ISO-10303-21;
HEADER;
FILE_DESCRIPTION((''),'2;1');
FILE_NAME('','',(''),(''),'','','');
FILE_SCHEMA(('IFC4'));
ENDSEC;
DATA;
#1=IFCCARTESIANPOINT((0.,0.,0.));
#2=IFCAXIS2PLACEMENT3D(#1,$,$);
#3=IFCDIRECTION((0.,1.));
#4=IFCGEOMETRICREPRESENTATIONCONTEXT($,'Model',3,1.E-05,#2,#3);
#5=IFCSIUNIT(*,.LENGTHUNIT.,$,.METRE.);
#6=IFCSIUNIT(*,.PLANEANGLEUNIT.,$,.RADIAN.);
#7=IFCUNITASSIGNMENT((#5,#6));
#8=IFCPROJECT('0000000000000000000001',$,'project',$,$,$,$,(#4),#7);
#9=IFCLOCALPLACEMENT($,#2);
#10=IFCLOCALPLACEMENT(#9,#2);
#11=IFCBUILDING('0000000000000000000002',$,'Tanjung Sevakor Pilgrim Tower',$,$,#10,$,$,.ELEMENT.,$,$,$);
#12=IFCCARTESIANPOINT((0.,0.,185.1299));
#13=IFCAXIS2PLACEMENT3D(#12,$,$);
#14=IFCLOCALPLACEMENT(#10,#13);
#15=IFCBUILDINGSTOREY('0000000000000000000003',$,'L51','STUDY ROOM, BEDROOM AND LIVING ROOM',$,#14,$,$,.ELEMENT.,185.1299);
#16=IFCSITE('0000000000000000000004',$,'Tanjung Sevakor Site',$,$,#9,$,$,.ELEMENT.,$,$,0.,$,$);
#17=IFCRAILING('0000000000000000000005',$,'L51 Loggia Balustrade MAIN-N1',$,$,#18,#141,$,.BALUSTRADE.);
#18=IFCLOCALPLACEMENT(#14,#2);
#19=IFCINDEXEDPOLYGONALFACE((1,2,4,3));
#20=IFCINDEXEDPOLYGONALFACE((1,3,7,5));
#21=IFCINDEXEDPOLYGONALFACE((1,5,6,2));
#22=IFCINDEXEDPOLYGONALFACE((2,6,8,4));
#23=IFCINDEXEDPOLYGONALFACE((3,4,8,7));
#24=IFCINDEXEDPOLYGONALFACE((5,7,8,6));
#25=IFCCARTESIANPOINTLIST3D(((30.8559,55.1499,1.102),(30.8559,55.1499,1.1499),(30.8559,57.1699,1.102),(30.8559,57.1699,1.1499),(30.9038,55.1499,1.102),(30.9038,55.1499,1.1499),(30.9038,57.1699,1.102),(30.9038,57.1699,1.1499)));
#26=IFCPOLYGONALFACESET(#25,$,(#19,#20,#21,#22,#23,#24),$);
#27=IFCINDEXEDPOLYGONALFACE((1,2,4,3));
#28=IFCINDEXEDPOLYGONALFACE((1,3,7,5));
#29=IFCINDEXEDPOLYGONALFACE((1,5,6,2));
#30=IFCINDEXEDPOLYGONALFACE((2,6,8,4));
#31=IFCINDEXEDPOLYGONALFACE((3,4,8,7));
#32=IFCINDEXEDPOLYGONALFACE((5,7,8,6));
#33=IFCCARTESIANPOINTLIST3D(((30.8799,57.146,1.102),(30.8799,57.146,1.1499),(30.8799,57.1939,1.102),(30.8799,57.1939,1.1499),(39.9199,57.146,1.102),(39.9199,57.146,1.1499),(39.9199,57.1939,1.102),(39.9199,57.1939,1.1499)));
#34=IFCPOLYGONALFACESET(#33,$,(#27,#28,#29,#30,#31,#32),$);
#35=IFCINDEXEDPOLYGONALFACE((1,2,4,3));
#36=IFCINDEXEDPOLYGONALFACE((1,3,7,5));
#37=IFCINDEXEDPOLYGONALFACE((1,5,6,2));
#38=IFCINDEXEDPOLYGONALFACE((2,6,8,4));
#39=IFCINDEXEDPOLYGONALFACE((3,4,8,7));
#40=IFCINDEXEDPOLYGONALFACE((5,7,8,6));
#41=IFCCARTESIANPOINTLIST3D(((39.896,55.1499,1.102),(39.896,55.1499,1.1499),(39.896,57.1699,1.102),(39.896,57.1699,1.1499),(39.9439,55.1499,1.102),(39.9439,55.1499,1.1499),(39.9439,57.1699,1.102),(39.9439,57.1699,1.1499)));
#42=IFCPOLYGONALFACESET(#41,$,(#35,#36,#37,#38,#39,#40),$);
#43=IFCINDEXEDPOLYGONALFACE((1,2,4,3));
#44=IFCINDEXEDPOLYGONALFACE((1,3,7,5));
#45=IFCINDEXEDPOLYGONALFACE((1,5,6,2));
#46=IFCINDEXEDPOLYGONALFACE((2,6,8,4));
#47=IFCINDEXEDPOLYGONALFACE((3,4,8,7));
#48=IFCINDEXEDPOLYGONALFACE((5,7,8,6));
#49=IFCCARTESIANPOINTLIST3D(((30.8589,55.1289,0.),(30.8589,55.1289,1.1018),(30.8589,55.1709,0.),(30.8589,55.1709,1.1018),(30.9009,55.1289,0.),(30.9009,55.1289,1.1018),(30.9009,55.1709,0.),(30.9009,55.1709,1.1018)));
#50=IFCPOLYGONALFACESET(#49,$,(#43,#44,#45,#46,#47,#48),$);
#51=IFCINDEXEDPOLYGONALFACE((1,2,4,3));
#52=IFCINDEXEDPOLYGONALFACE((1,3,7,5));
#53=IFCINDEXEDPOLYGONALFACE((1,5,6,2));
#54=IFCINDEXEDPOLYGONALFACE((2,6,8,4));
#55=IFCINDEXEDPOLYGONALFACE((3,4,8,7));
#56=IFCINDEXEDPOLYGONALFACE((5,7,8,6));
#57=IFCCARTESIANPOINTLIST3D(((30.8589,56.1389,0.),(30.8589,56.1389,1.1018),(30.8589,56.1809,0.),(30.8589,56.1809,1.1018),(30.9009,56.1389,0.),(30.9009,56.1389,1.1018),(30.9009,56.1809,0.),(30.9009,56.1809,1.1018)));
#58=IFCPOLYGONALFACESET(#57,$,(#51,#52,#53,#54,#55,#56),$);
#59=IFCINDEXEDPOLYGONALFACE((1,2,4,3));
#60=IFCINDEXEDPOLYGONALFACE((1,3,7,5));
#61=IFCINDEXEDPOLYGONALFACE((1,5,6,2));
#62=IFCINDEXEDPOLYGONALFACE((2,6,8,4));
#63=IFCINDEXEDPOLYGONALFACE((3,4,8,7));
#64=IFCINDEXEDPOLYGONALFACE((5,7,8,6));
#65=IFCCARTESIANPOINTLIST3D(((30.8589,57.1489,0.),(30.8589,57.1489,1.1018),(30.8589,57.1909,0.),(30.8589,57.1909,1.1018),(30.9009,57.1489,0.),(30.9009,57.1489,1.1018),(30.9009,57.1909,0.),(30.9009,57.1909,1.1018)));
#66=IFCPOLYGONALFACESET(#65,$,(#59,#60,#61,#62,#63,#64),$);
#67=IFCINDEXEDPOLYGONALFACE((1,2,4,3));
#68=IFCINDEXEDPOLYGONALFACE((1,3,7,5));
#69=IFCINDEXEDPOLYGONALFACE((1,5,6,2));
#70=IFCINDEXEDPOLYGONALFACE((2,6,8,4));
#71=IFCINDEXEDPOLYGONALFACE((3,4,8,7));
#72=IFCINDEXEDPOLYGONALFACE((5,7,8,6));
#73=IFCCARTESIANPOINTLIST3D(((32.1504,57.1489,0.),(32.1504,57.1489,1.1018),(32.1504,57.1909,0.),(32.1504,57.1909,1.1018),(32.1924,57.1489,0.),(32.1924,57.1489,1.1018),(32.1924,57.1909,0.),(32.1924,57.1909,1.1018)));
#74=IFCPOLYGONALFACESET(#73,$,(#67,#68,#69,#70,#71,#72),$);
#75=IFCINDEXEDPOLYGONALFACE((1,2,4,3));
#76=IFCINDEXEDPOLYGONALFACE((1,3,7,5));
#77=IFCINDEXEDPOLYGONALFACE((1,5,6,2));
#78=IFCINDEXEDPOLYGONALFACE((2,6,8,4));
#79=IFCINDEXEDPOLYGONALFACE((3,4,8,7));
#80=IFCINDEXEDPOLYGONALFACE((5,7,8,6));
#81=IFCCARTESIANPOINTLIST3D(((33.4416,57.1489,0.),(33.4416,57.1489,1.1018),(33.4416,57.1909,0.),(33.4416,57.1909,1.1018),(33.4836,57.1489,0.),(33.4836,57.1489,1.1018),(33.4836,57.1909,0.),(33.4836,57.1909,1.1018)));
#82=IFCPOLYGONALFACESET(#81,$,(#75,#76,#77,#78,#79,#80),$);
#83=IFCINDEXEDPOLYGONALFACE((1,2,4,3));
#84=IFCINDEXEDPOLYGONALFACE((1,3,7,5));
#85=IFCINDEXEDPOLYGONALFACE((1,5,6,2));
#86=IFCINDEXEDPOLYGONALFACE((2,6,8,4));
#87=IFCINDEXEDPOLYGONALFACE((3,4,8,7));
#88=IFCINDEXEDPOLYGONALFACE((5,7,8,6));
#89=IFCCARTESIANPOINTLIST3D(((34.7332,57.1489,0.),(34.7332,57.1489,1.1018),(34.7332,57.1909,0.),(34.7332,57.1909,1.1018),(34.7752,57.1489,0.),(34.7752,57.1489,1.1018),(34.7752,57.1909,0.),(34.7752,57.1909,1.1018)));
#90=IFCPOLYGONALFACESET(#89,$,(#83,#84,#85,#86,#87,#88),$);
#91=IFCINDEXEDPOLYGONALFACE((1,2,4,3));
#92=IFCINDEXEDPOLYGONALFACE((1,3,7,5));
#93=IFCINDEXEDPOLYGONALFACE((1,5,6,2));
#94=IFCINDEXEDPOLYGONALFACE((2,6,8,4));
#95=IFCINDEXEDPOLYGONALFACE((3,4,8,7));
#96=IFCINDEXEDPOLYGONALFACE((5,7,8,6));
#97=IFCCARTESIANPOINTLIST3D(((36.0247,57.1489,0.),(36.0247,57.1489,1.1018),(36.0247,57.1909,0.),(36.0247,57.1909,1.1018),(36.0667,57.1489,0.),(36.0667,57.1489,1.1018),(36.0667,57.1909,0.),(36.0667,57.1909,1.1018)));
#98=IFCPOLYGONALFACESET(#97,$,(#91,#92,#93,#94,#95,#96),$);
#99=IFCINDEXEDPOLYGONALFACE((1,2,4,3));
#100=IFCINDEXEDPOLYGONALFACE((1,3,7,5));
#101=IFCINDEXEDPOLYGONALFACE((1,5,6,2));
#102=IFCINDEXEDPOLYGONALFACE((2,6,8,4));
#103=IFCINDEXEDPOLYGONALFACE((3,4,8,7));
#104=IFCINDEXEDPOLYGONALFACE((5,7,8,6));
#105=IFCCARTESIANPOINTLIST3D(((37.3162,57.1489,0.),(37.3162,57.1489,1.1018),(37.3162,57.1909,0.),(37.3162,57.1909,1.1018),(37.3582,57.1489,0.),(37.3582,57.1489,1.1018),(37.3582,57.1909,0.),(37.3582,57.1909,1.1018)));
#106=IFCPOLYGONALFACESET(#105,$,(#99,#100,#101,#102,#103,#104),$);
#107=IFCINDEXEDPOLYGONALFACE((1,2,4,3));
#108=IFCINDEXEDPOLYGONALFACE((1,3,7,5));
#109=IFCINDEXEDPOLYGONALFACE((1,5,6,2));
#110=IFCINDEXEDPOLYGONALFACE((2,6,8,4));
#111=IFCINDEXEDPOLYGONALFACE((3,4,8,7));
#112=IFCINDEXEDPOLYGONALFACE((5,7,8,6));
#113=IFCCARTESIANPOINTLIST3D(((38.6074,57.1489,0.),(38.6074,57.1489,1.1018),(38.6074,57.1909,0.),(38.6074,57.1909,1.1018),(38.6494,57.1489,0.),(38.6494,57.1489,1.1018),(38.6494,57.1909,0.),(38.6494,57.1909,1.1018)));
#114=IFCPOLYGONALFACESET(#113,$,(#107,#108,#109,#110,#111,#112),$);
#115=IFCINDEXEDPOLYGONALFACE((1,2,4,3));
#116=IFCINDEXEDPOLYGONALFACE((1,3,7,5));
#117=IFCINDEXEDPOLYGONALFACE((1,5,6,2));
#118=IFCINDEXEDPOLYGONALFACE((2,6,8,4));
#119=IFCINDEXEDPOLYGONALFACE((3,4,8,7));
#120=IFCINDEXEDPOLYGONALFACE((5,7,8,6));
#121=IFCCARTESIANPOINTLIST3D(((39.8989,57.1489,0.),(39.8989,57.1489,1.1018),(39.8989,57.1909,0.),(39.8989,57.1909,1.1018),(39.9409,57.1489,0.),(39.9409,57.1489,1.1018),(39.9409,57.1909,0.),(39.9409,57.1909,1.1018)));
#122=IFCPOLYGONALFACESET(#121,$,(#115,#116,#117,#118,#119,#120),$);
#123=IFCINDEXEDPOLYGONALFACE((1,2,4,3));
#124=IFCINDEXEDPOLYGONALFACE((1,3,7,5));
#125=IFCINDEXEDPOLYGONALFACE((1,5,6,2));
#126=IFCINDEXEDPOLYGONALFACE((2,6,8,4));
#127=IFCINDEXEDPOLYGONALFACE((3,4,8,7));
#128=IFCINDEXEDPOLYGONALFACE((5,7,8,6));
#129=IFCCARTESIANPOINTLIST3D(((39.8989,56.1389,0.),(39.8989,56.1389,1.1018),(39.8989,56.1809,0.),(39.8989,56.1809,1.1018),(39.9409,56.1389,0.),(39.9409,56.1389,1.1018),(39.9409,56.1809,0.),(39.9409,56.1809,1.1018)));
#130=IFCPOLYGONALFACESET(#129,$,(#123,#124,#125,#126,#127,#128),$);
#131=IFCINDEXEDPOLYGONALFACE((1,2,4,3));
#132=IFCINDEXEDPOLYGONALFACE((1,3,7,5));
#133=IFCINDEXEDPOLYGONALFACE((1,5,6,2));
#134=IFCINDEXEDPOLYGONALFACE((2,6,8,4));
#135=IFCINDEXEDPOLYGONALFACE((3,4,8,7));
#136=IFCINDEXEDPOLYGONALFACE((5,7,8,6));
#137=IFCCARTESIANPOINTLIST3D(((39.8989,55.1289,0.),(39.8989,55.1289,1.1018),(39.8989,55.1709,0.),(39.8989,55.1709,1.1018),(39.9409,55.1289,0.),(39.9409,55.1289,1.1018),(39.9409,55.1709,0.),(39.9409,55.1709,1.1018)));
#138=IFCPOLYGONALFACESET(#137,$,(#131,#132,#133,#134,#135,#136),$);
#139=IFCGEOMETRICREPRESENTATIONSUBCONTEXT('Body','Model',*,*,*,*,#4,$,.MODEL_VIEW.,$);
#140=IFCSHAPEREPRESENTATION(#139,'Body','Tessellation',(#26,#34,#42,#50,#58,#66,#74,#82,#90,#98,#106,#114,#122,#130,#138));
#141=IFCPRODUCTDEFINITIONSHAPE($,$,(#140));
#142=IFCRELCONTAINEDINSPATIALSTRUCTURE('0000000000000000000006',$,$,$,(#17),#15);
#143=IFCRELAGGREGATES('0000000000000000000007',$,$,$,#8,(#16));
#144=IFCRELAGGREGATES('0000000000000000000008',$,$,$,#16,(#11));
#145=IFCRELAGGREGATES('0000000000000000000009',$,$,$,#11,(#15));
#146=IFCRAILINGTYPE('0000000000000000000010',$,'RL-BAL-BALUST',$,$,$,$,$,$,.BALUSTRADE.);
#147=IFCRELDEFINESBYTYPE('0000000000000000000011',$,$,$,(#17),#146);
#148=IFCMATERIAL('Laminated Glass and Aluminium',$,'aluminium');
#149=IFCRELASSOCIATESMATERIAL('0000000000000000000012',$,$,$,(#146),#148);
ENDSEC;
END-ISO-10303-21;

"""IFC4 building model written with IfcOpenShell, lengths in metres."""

from ifc_helpers import new_model, si_unit, direction, frame, origin, place, context, subcontext, project, spatial, rectangle, extrude, material, type_object, element, save


model = new_model("IFC4")

# Units and contexts
model_context = context("Model", 3, precision=1e-05, world=origin(), true_north=direction((0.0, 1.0)))
body_context = subcontext(model_context, "Body", "Model", "MODEL_VIEW")
ifc_project = project(units=[si_unit("LENGTHUNIT", "METRE"), si_unit("PLANEANGLEUNIT", "RADIAN")], contexts=[model_context])

# Site, building, storey
site_placement = place(None, origin())
site = spatial("IfcSite", under=ifc_project, at=site_placement, Name="Tanjung Sevakor Site", CompositionType="ELEMENT", RefElevation=0.0)
building_placement = place(site_placement, origin())
building = spatial("IfcBuilding", under=site, at=building_placement, Name="Tanjung Sevakor Pilgrim Tower", CompositionType="ELEMENT")
storey_placement = place(building_placement, frame((0.0, 0.0, 185.1299)))
storey = spatial("IfcBuildingStorey", under=building, at=storey_placement, Name="L51", Description="STUDY ROOM, BEDROOM AND LIVING ROOM", CompositionType="ELEMENT", Elevation=185.1299)

# Railing
ifc_material_1 = material(Name="Laminated Glass and Aluminium", Category="aluminium")
railing_type = type_object("IfcRailingType", Name="RL-BAL-BALUST", PredefinedType="BALUSTRADE", material=ifc_material_1)
railing_placement = place(storey_placement, frame((30.8799, 55.1499, 0.0)))
element("IfcRailing", 1, at=railing_placement, inside=storey, type_object=railing_type, Name="L51 Loggia Balustrade MAIN-N1", PredefinedType="BALUSTRADE", context=body_context, shape_type="SweptSolid", body=[
    extrude(rectangle(XDim=0.0479, YDim=0.0479), frame((0.0, 0.0, 1.126), z_axis=(0.0, 1.0, 0.0), x_axis=(-1.0, 0.0, 0.0)), (0.0, 0.0, 1.0), 2.02),
    extrude(rectangle(XDim=0.0479, YDim=0.0479), frame((0.0, 2.02, 1.126), z_axis=(1.0, 0.0, 0.0), x_axis=(0.0, 1.0, 0.0)), (0.0, 0.0, 1.0), 9.04),
    extrude(rectangle(XDim=0.0479, YDim=0.0479), frame((9.04, 2.02, 1.126), z_axis=(0.0, -1.0, 0.0), x_axis=(1.0, 0.0, 0.0)), (0.0, 0.0, 1.0), 2.02),
    extrude(rectangle(XDim=0.042, YDim=0.042), origin(), (0.0, 0.0, 1.0), 1.1018),
    extrude(rectangle(XDim=0.042, YDim=0.042), frame((0.0, 1.01, 0.0)), (0.0, 0.0, 1.0), 1.1018),
    extrude(rectangle(XDim=0.042, YDim=0.042), frame((0.0, 2.02, 0.0)), (0.0, 0.0, 1.0), 1.1018),
    extrude(rectangle(XDim=0.042, YDim=0.042), frame((1.2915, 2.02, 0.0)), (0.0, 0.0, 1.0), 1.1018),
    extrude(rectangle(XDim=0.042, YDim=0.042), frame((2.5828, 2.02, 0.0)), (0.0, 0.0, 1.0), 1.1018),
    extrude(rectangle(XDim=0.042, YDim=0.042), frame((3.8743, 2.02, 0.0)), (0.0, 0.0, 1.0), 1.1018),
    extrude(rectangle(XDim=0.042, YDim=0.042), frame((5.1658, 2.02, 0.0)), (0.0, 0.0, 1.0), 1.1018),
    extrude(rectangle(XDim=0.042, YDim=0.042), frame((6.4573, 2.02, 0.0)), (0.0, 0.0, 1.0), 1.1018),
    extrude(rectangle(XDim=0.042, YDim=0.042), frame((7.7485, 2.02, 0.0)), (0.0, 0.0, 1.0), 1.1018),
    extrude(rectangle(XDim=0.042, YDim=0.042), frame((9.04, 2.02, 0.0)), (0.0, 0.0, 1.0), 1.1018),
    extrude(rectangle(XDim=0.042, YDim=0.042), frame((9.04, 1.01, 0.0)), (0.0, 0.0, 1.0), 1.1018),
    extrude(rectangle(XDim=0.042, YDim=0.042), frame((9.04, 0.0, 0.0)), (0.0, 0.0, 1.0), 1.1018),
])

save(model, "model.ifc")
